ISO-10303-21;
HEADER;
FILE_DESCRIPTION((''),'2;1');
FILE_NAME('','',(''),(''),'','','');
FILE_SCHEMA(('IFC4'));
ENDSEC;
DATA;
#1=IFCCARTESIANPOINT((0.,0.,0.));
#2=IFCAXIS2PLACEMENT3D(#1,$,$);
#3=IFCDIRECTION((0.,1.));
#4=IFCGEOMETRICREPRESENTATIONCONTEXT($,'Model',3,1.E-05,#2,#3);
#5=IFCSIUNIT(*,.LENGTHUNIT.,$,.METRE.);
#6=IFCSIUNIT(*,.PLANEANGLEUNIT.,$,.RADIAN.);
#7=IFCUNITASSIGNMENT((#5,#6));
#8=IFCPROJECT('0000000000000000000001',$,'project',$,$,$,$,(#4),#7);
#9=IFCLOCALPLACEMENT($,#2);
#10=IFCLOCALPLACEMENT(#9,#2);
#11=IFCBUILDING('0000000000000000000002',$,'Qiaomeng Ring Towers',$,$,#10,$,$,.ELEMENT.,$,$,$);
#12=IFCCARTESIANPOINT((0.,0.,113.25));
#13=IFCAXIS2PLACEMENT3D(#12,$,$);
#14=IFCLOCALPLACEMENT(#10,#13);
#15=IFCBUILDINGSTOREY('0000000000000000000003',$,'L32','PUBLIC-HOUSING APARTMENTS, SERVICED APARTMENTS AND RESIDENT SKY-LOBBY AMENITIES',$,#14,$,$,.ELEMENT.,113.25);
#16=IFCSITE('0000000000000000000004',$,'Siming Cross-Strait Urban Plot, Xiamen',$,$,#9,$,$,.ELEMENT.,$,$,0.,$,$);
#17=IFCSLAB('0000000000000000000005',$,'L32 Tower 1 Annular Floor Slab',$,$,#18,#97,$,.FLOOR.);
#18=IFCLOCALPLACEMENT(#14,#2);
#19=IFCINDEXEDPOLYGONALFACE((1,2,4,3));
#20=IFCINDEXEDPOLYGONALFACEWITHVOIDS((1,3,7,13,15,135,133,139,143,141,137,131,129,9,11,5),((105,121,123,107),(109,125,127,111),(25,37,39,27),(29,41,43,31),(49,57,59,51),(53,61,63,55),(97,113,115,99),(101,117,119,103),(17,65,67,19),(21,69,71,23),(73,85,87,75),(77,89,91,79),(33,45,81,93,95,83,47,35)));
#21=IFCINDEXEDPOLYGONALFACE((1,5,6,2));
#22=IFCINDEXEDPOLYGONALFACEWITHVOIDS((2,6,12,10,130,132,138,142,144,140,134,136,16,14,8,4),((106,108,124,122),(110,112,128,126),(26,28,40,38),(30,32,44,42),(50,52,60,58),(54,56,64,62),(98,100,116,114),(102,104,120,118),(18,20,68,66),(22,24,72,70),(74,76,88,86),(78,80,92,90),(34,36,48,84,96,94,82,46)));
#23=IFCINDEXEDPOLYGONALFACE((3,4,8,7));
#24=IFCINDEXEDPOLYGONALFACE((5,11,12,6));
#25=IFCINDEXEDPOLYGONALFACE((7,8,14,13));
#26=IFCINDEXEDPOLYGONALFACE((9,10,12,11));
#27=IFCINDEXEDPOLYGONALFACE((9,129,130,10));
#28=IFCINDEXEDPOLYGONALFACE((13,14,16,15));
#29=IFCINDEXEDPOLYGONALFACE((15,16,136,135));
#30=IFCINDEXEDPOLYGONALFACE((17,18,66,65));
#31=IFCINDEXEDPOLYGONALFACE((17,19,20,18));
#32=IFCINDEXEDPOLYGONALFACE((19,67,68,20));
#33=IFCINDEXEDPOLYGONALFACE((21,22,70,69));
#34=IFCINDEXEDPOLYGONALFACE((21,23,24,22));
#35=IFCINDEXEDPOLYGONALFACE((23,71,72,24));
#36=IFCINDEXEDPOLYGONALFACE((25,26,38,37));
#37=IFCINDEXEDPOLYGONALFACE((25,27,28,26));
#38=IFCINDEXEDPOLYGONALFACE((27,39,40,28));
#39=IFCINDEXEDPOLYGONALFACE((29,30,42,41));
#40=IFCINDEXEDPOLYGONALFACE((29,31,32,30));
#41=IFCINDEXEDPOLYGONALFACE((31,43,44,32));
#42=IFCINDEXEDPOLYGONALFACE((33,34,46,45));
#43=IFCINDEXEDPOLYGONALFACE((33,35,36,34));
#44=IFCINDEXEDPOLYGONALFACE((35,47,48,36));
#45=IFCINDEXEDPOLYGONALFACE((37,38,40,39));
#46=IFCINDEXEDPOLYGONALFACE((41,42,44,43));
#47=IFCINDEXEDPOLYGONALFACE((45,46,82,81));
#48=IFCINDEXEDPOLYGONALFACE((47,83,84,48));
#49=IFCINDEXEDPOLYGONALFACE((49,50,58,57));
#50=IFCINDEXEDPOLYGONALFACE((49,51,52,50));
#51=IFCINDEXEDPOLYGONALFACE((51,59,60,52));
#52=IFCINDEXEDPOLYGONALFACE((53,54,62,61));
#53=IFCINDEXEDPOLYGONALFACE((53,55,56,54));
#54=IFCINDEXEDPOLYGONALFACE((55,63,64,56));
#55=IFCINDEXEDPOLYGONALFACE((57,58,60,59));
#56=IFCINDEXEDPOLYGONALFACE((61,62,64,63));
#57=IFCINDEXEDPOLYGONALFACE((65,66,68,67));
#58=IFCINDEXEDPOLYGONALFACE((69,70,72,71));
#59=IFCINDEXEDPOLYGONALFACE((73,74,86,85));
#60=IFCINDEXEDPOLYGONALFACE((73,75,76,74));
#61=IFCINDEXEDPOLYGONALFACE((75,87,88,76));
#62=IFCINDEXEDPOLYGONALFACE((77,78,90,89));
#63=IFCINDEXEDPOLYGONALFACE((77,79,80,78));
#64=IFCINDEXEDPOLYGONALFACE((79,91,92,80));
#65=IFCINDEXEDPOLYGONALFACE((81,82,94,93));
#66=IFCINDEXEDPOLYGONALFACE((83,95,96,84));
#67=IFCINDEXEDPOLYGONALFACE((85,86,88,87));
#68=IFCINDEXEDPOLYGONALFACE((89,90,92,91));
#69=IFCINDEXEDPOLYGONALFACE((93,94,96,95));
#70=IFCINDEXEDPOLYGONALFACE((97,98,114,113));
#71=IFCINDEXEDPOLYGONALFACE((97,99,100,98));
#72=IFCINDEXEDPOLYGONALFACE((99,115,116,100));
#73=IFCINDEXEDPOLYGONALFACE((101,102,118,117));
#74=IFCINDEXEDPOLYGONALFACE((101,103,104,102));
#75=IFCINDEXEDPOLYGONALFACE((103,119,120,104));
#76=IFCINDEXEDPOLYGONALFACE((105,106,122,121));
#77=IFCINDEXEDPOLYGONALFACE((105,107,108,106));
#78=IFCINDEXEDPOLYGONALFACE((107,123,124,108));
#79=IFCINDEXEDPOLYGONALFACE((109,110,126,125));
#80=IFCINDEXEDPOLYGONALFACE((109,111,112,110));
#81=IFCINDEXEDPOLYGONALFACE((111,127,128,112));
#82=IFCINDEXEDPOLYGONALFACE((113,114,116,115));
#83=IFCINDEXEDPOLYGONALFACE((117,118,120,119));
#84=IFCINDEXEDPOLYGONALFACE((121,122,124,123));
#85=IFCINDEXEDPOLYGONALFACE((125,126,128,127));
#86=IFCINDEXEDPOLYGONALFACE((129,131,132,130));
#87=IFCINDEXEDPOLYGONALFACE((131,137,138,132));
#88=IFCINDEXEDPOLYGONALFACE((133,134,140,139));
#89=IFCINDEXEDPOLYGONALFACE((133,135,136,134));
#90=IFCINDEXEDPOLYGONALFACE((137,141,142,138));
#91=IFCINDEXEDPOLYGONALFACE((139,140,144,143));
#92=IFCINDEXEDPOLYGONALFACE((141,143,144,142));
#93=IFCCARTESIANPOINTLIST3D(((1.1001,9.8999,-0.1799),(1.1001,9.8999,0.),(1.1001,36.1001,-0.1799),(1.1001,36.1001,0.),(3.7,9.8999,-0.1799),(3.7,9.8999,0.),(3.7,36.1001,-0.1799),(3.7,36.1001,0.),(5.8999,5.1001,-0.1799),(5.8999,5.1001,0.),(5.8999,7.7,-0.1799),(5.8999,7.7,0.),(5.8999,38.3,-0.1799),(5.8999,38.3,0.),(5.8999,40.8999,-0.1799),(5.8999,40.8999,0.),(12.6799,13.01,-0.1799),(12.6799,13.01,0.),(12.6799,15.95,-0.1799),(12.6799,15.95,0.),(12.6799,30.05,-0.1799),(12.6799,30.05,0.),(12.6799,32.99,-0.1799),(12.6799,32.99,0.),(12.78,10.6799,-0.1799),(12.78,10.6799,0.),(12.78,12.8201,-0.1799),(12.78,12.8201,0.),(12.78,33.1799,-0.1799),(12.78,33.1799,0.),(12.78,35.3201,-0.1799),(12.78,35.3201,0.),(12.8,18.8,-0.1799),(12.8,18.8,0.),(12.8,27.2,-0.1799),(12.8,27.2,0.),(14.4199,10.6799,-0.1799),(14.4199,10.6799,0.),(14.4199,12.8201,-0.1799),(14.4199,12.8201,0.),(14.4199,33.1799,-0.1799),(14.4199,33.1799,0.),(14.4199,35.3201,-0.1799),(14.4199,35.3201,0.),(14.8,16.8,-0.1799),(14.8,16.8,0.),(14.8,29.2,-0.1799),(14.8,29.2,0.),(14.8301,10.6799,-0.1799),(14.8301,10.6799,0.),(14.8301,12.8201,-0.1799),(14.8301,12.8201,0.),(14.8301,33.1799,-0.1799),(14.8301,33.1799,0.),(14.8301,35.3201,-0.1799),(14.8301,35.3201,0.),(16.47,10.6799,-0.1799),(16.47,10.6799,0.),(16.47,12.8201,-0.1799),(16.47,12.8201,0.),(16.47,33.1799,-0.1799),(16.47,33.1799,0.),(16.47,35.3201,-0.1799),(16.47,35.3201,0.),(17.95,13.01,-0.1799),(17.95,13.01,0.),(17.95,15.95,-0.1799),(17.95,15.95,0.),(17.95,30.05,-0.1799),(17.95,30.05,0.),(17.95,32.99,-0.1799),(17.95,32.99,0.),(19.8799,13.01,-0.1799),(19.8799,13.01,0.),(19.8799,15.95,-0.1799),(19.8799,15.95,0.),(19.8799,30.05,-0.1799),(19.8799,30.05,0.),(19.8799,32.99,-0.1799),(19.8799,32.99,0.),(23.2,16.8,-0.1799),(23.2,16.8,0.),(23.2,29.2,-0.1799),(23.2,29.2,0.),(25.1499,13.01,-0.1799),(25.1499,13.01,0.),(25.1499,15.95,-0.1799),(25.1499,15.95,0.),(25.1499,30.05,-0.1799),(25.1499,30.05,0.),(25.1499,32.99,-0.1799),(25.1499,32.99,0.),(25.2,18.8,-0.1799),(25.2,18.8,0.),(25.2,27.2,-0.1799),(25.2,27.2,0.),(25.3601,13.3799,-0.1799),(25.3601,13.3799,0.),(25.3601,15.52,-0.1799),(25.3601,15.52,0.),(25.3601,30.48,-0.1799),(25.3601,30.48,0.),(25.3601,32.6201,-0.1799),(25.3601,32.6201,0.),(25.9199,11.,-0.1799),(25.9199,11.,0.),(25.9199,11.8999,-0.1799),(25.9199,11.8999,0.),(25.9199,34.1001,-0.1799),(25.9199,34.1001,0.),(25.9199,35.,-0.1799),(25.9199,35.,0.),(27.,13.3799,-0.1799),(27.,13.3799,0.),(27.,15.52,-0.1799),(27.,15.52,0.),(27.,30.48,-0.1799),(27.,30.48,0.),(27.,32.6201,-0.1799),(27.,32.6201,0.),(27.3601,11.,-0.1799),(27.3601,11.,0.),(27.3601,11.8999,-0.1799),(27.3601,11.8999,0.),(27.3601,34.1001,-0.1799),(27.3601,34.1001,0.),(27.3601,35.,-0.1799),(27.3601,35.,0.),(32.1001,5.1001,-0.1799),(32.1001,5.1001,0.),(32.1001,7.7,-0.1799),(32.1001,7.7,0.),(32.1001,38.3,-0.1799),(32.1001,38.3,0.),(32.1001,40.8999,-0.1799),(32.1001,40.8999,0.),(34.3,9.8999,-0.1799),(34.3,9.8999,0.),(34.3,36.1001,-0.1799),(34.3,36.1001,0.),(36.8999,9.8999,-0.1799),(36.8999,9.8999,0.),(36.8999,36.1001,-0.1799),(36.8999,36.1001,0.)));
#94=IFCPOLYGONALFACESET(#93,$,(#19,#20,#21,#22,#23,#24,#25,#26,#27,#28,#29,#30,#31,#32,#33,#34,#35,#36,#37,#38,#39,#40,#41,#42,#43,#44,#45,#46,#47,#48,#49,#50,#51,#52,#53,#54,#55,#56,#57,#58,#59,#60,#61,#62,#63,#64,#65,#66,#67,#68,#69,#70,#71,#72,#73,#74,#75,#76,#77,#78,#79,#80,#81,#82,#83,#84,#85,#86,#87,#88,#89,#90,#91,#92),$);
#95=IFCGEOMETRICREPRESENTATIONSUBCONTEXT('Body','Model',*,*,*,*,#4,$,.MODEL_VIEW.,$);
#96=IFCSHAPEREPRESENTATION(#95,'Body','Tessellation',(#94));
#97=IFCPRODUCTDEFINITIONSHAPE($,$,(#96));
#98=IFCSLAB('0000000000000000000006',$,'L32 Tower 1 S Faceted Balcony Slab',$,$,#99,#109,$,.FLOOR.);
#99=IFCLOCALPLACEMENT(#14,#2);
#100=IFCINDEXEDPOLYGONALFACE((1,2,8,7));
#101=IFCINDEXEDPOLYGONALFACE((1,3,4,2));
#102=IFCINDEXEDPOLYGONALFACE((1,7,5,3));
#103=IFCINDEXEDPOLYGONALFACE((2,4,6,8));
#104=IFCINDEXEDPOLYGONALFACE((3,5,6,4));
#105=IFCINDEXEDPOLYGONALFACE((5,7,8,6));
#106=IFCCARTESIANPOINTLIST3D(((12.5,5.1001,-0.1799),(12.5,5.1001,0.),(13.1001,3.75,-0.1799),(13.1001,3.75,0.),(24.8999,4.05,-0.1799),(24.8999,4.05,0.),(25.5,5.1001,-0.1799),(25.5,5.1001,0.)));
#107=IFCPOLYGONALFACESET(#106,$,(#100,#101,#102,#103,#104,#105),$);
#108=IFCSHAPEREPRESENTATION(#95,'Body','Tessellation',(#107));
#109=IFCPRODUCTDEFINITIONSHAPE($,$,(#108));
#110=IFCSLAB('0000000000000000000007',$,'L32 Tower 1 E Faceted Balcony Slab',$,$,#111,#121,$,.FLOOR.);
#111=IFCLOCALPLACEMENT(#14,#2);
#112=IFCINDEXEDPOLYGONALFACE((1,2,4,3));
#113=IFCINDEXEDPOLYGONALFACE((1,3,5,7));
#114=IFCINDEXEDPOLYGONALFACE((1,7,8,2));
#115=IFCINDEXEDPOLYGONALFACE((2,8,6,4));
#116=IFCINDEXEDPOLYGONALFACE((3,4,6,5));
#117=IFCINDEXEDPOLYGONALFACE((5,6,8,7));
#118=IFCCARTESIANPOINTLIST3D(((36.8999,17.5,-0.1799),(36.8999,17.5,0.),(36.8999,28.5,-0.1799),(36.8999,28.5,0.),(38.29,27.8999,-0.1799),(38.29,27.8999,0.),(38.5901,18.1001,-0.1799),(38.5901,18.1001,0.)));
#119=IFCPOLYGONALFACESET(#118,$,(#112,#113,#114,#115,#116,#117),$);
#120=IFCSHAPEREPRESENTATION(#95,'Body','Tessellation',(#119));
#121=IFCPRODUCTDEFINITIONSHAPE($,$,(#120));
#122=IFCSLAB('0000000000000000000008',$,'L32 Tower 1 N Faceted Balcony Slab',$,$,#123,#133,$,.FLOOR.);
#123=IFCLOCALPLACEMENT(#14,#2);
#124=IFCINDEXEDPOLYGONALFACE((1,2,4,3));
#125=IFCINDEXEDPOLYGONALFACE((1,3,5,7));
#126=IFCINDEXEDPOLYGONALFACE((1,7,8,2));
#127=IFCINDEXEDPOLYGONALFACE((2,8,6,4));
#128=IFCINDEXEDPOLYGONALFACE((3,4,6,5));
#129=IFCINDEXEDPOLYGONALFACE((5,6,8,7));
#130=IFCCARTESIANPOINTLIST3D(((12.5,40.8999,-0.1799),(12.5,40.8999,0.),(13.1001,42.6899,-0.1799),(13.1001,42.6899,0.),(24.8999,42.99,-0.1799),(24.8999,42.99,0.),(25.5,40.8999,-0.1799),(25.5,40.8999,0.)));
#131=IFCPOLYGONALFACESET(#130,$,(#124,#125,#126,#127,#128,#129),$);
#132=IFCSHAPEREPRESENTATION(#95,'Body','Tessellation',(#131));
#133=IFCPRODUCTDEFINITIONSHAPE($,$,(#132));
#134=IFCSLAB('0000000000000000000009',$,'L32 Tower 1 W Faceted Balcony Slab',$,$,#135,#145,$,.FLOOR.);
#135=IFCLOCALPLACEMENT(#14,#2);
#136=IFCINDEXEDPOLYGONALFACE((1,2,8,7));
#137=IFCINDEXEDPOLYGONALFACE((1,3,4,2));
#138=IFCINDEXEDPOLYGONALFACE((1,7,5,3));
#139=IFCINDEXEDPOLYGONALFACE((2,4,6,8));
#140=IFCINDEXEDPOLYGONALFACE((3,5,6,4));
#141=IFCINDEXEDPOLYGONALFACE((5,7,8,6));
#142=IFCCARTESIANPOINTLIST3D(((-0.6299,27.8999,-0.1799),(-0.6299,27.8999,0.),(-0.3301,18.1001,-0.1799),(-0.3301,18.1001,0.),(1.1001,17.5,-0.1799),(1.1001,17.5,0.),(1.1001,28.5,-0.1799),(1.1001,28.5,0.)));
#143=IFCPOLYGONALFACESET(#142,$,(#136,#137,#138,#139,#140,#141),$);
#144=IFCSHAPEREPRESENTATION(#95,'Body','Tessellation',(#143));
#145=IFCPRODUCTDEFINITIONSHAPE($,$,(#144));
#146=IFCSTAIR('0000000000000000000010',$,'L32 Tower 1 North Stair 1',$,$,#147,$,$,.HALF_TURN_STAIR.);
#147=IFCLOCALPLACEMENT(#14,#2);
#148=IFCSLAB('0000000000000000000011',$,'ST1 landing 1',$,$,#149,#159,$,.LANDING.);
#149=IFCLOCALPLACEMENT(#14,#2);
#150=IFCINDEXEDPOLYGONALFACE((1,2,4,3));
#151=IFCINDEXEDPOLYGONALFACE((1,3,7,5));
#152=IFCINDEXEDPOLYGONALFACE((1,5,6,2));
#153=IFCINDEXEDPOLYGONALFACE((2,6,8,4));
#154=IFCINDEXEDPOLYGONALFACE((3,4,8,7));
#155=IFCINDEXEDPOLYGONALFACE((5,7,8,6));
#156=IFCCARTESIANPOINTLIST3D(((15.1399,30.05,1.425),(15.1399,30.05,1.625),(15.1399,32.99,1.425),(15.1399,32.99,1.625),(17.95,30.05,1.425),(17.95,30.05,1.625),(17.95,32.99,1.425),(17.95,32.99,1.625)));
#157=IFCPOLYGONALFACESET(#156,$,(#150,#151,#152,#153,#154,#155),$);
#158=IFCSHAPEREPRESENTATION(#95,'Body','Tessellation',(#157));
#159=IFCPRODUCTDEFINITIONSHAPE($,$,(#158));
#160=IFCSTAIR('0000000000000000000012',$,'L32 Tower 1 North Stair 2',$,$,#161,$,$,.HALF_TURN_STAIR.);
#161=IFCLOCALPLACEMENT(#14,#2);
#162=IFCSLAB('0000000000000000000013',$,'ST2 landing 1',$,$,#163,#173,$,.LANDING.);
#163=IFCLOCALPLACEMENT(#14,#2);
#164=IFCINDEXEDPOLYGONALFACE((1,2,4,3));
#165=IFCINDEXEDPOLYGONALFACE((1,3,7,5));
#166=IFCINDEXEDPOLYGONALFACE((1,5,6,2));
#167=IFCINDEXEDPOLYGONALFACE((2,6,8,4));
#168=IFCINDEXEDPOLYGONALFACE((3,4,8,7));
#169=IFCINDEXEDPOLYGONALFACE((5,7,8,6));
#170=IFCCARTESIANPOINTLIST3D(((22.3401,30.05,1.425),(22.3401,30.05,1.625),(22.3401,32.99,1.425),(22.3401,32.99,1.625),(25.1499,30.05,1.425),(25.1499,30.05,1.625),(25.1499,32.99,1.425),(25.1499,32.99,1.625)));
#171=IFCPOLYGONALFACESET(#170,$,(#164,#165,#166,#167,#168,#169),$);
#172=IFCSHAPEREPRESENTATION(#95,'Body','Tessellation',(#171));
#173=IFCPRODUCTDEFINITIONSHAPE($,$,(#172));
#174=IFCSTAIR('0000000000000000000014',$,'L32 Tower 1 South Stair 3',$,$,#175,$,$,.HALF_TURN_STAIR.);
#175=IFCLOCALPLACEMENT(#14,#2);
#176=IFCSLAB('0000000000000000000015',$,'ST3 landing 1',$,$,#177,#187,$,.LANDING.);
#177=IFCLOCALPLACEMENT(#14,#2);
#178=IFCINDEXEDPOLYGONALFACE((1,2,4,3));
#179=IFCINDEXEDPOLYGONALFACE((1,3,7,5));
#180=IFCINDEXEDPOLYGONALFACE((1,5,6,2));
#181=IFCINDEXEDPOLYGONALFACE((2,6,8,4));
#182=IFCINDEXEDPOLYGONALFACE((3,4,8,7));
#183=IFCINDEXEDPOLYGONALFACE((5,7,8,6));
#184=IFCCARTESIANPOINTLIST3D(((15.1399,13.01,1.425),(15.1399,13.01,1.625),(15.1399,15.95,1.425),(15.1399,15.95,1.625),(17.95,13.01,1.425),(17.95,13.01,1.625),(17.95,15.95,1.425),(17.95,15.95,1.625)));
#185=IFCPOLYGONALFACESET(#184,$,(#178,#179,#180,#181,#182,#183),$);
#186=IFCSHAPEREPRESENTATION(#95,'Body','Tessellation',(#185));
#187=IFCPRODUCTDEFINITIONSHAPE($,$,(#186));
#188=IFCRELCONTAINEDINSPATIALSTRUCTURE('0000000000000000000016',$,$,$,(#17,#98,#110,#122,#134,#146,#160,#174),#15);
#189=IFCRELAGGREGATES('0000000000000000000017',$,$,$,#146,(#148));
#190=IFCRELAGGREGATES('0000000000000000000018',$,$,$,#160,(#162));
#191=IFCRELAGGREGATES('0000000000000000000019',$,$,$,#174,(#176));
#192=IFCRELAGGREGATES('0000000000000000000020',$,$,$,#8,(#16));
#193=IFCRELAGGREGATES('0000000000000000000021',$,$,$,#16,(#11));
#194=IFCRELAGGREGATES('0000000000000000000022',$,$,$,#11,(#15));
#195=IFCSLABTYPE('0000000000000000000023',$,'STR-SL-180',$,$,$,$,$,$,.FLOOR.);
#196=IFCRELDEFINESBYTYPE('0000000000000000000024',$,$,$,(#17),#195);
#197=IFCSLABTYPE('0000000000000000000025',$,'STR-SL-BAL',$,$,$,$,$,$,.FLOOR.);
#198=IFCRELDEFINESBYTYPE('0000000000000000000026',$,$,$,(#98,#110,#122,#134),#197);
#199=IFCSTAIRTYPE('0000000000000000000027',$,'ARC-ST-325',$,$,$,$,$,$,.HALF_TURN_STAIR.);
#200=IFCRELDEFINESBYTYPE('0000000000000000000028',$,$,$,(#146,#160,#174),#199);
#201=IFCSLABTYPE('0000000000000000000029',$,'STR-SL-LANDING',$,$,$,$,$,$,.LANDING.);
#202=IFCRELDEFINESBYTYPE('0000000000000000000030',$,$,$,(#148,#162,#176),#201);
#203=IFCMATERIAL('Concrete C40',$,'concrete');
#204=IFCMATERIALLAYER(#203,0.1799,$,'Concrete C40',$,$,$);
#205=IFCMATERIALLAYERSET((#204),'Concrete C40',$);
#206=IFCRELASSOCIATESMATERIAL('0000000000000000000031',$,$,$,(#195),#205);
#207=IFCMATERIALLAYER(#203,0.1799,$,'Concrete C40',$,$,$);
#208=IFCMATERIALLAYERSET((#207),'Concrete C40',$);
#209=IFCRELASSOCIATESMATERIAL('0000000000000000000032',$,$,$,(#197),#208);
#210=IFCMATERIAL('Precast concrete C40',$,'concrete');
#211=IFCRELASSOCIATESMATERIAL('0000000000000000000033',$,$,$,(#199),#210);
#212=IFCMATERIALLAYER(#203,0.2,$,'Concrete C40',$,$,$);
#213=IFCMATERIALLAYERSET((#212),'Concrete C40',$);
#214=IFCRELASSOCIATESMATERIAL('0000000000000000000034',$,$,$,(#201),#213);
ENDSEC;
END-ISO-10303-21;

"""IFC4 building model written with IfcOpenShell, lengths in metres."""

from ifc_helpers import new_model, si_unit, direction, frame, origin, place, context, subcontext, project, spatial, polyline, outline, extrude, material, layer, layer_set, type_object, element, aggregate, save


model = new_model("IFC4")

# Units and contexts
model_context = context("Model", 3, precision=1e-05, world=origin(), true_north=direction((0.0, 1.0)))
body_context = subcontext(model_context, "Body", "Model", "MODEL_VIEW")
ifc_project = project(units=[si_unit("LENGTHUNIT", "METRE"), si_unit("PLANEANGLEUNIT", "RADIAN")], contexts=[model_context])

# Site, building, storey
site_placement = place(None, origin())
site = spatial("IfcSite", under=ifc_project, at=site_placement, Name="Siming Cross-Strait Urban Plot, Xiamen", CompositionType="ELEMENT", RefElevation=0.0)
building_placement = place(site_placement, origin())
building = spatial("IfcBuilding", under=site, at=building_placement, Name="Qiaomeng Ring Towers", CompositionType="ELEMENT")
storey_placement = place(building_placement, frame((0.0, 0.0, 113.25)))
storey = spatial("IfcBuildingStorey", under=building, at=storey_placement, Name="L32", Description="PUBLIC-HOUSING APARTMENTS, SERVICED APARTMENTS AND RESIDENT SKY-LOBBY AMENITIES", CompositionType="ELEMENT", Elevation=113.25)

# Slabs
ifc_material_1 = material(Name="Concrete C40", Category="concrete")
ifc_layer_1 = layer(ifc_material_1, 0.1799, Name="Concrete C40")
ifc_layer_set_1 = layer_set([ifc_layer_1], Name="Concrete C40")
slab_type_1 = type_object("IfcSlabType", Name="STR-SL-180", PredefinedType="FLOOR", material=ifc_layer_set_1)
slab_1_placement = place(storey_placement, frame((0.0, 0.0, -0.1799)))
element("IfcSlab", 1, at=slab_1_placement, inside=storey, type_object=slab_type_1, Name="L32 Tower 1 Annular Floor Slab", PredefinedType="FLOOR", context=body_context, shape_type="SweptSolid", body=[
    extrude(outline(polyline([(5.8999, 5.1001), (32.1001, 5.1001), (32.1001, 7.7), (34.3, 9.8999), (36.8999, 9.8999), (36.8999, 36.1001), (34.3, 36.1001), (32.1001, 38.3), (32.1001, 40.8999), (5.8999, 40.8999), (5.8999, 38.3), (3.7, 36.1001), (1.1001, 36.1001), (1.1001, 9.8999), (3.7, 9.8999), (5.8999, 7.7), (5.8999, 5.1001)]), holes=[polyline([(12.78, 10.6799), (12.78, 12.8201), (14.4199, 12.8201), (14.4199, 10.6799), (12.78, 10.6799)]), polyline([(14.8301, 12.8201), (16.47, 12.8201), (16.47, 10.6799), (14.8301, 10.6799), (14.8301, 12.8201)]), polyline([(12.6799, 15.95), (17.95, 15.95), (17.95, 13.01), (12.6799, 13.01), (12.6799, 15.95)]), polyline([(23.2, 29.2), (25.2, 27.2), (25.2, 18.8), (23.2, 16.8), (14.8, 16.8), (12.8, 18.8), (12.8, 27.2), (14.8, 29.2), (23.2, 29.2)]), polyline([(12.6799, 32.99), (17.95, 32.99), (17.95, 30.05), (12.6799, 30.05), (12.6799, 32.99)]), polyline([(12.78, 35.3201), (14.4199, 35.3201), (14.4199, 33.1799), (12.78, 33.1799), (12.78, 35.3201)]), polyline([(14.8301, 33.1799), (14.8301, 35.3201), (16.47, 35.3201), (16.47, 33.1799), (14.8301, 33.1799)]), polyline([(25.9199, 11.8999), (27.3601, 11.8999), (27.3601, 11.0), (25.9199, 11.0), (25.9199, 11.8999)]), polyline([(25.3601, 15.52), (27.0, 15.52), (27.0, 13.3799), (25.3601, 13.3799), (25.3601, 15.52)]), polyline([(19.8799, 15.95), (25.1499, 15.95), (25.1499, 13.01), (19.8799, 13.01), (19.8799, 15.95)]), polyline([(19.8799, 32.99), (25.1499, 32.99), (25.1499, 30.05), (19.8799, 30.05), (19.8799, 32.99)]), polyline([(25.3601, 32.6201), (27.0, 32.6201), (27.0, 30.48), (25.3601, 30.48), (25.3601, 32.6201)]), polyline([(25.9199, 35.0), (27.3601, 35.0), (27.3601, 34.1001), (25.9199, 34.1001), (25.9199, 35.0)])]), origin(), (0.0, 0.0, 1.0), 0.1799),
])
ifc_layer_2 = layer(ifc_material_1, 0.1799, Name="Concrete C40")
ifc_layer_set_2 = layer_set([ifc_layer_2], Name="Concrete C40")
slab_type_2 = type_object("IfcSlabType", Name="STR-SL-BAL", PredefinedType="FLOOR", material=ifc_layer_set_2)
slab_2_placement = place(storey_placement, frame((0.0, 0.0, -0.1799)))
element("IfcSlab", 2, at=slab_2_placement, inside=storey, type_object=slab_type_2, Name="L32 Tower 1 S Faceted Balcony Slab", PredefinedType="FLOOR", context=body_context, shape_type="SweptSolid", body=[
    extrude(outline(polyline([(24.8999, 4.05), (13.1001, 3.75), (12.5, 5.1001), (25.5, 5.1001), (24.8999, 4.05)])), origin(), (0.0, 0.0, 1.0), 0.1799),
])
slab_3_placement = place(storey_placement, frame((0.0, 0.0, -0.1799)))
element("IfcSlab", 3, at=slab_3_placement, inside=storey, type_object=slab_type_2, Name="L32 Tower 1 E Faceted Balcony Slab", PredefinedType="FLOOR", context=body_context, shape_type="SweptSolid", body=[
    extrude(outline(polyline([(38.29, 27.8999), (38.5901, 18.1001), (36.8999, 17.5), (36.8999, 28.5), (38.29, 27.8999)])), origin(), (0.0, 0.0, 1.0), 0.1799),
])
slab_4_placement = place(storey_placement, frame((0.0, 0.0, -0.1799)))
element("IfcSlab", 4, at=slab_4_placement, inside=storey, type_object=slab_type_2, Name="L32 Tower 1 N Faceted Balcony Slab", PredefinedType="FLOOR", context=body_context, shape_type="SweptSolid", body=[
    extrude(outline(polyline([(12.5, 40.8999), (13.1001, 42.6899), (24.8999, 42.99), (25.5, 40.8999), (12.5, 40.8999)])), origin(), (0.0, 0.0, 1.0), 0.1799),
])
slab_5_placement = place(storey_placement, frame((0.0, 0.0, -0.1799)))
element("IfcSlab", 5, at=slab_5_placement, inside=storey, type_object=slab_type_2, Name="L32 Tower 1 W Faceted Balcony Slab", PredefinedType="FLOOR", context=body_context, shape_type="SweptSolid", body=[
    extrude(outline(polyline([(-0.3301, 18.1001), (-0.6299, 27.8999), (1.1001, 28.5), (1.1001, 17.5), (-0.3301, 18.1001)])), origin(), (0.0, 0.0, 1.0), 0.1799),
])

# Stairs, slabs
ifc_material_2 = material(Name="Precast concrete C40", Category="concrete")
stair_type = type_object("IfcStairType", Name="ARC-ST-325", PredefinedType="HALF_TURN_STAIR", material=ifc_material_2)
stair_1_placement = place(storey_placement, origin())
stair_1 = element("IfcStair", 6, at=stair_1_placement, inside=storey, type_object=stair_type, Name="L32 Tower 1 North Stair 1", PredefinedType="HALF_TURN_STAIR")
ifc_layer_3 = layer(ifc_material_1, 0.2, Name="Concrete C40")
ifc_layer_set_3 = layer_set([ifc_layer_3], Name="Concrete C40")
slab_type_3 = type_object("IfcSlabType", Name="STR-SL-LANDING", PredefinedType="LANDING", material=ifc_layer_set_3)
slab_6_placement = place(storey_placement, frame((0.0, 0.0, 1.425)))
slab_6 = element("IfcSlab", 7, at=slab_6_placement, type_object=slab_type_3, Name="ST1 landing 1", PredefinedType="LANDING", context=body_context, shape_type="SweptSolid", body=[
    extrude(outline(polyline([(15.1399, 30.05), (17.95, 30.05), (17.95, 32.99), (15.1399, 32.99), (15.1399, 30.05)])), origin(), (0.0, 0.0, 1.0), 0.2),
])
aggregate(stair_1, [slab_6])
stair_2_placement = place(storey_placement, origin())
stair_2 = element("IfcStair", 8, at=stair_2_placement, inside=storey, type_object=stair_type, Name="L32 Tower 1 North Stair 2", PredefinedType="HALF_TURN_STAIR")
slab_7_placement = place(storey_placement, frame((0.0, 0.0, 1.425)))
slab_7 = element("IfcSlab", 9, at=slab_7_placement, type_object=slab_type_3, Name="ST2 landing 1", PredefinedType="LANDING", context=body_context, shape_type="SweptSolid", body=[
    extrude(outline(polyline([(22.3401, 30.05), (25.1499, 30.05), (25.1499, 32.99), (22.3401, 32.99), (22.3401, 30.05)])), origin(), (0.0, 0.0, 1.0), 0.2),
])
aggregate(stair_2, [slab_7])
stair_3_placement = place(storey_placement, origin())
stair_3 = element("IfcStair", 10, at=stair_3_placement, inside=storey, type_object=stair_type, Name="L32 Tower 1 South Stair 3", PredefinedType="HALF_TURN_STAIR")
slab_8_placement = place(storey_placement, frame((0.0, 0.0, 1.425)))
slab_8 = element("IfcSlab", 11, at=slab_8_placement, type_object=slab_type_3, Name="ST3 landing 1", PredefinedType="LANDING", context=body_context, shape_type="SweptSolid", body=[
    extrude(outline(polyline([(15.1399, 13.01), (17.95, 13.01), (17.95, 15.95), (15.1399, 15.95), (15.1399, 13.01)])), origin(), (0.0, 0.0, 1.0), 0.2),
])
aggregate(stair_3, [slab_8])

save(model, "model.ifc")
